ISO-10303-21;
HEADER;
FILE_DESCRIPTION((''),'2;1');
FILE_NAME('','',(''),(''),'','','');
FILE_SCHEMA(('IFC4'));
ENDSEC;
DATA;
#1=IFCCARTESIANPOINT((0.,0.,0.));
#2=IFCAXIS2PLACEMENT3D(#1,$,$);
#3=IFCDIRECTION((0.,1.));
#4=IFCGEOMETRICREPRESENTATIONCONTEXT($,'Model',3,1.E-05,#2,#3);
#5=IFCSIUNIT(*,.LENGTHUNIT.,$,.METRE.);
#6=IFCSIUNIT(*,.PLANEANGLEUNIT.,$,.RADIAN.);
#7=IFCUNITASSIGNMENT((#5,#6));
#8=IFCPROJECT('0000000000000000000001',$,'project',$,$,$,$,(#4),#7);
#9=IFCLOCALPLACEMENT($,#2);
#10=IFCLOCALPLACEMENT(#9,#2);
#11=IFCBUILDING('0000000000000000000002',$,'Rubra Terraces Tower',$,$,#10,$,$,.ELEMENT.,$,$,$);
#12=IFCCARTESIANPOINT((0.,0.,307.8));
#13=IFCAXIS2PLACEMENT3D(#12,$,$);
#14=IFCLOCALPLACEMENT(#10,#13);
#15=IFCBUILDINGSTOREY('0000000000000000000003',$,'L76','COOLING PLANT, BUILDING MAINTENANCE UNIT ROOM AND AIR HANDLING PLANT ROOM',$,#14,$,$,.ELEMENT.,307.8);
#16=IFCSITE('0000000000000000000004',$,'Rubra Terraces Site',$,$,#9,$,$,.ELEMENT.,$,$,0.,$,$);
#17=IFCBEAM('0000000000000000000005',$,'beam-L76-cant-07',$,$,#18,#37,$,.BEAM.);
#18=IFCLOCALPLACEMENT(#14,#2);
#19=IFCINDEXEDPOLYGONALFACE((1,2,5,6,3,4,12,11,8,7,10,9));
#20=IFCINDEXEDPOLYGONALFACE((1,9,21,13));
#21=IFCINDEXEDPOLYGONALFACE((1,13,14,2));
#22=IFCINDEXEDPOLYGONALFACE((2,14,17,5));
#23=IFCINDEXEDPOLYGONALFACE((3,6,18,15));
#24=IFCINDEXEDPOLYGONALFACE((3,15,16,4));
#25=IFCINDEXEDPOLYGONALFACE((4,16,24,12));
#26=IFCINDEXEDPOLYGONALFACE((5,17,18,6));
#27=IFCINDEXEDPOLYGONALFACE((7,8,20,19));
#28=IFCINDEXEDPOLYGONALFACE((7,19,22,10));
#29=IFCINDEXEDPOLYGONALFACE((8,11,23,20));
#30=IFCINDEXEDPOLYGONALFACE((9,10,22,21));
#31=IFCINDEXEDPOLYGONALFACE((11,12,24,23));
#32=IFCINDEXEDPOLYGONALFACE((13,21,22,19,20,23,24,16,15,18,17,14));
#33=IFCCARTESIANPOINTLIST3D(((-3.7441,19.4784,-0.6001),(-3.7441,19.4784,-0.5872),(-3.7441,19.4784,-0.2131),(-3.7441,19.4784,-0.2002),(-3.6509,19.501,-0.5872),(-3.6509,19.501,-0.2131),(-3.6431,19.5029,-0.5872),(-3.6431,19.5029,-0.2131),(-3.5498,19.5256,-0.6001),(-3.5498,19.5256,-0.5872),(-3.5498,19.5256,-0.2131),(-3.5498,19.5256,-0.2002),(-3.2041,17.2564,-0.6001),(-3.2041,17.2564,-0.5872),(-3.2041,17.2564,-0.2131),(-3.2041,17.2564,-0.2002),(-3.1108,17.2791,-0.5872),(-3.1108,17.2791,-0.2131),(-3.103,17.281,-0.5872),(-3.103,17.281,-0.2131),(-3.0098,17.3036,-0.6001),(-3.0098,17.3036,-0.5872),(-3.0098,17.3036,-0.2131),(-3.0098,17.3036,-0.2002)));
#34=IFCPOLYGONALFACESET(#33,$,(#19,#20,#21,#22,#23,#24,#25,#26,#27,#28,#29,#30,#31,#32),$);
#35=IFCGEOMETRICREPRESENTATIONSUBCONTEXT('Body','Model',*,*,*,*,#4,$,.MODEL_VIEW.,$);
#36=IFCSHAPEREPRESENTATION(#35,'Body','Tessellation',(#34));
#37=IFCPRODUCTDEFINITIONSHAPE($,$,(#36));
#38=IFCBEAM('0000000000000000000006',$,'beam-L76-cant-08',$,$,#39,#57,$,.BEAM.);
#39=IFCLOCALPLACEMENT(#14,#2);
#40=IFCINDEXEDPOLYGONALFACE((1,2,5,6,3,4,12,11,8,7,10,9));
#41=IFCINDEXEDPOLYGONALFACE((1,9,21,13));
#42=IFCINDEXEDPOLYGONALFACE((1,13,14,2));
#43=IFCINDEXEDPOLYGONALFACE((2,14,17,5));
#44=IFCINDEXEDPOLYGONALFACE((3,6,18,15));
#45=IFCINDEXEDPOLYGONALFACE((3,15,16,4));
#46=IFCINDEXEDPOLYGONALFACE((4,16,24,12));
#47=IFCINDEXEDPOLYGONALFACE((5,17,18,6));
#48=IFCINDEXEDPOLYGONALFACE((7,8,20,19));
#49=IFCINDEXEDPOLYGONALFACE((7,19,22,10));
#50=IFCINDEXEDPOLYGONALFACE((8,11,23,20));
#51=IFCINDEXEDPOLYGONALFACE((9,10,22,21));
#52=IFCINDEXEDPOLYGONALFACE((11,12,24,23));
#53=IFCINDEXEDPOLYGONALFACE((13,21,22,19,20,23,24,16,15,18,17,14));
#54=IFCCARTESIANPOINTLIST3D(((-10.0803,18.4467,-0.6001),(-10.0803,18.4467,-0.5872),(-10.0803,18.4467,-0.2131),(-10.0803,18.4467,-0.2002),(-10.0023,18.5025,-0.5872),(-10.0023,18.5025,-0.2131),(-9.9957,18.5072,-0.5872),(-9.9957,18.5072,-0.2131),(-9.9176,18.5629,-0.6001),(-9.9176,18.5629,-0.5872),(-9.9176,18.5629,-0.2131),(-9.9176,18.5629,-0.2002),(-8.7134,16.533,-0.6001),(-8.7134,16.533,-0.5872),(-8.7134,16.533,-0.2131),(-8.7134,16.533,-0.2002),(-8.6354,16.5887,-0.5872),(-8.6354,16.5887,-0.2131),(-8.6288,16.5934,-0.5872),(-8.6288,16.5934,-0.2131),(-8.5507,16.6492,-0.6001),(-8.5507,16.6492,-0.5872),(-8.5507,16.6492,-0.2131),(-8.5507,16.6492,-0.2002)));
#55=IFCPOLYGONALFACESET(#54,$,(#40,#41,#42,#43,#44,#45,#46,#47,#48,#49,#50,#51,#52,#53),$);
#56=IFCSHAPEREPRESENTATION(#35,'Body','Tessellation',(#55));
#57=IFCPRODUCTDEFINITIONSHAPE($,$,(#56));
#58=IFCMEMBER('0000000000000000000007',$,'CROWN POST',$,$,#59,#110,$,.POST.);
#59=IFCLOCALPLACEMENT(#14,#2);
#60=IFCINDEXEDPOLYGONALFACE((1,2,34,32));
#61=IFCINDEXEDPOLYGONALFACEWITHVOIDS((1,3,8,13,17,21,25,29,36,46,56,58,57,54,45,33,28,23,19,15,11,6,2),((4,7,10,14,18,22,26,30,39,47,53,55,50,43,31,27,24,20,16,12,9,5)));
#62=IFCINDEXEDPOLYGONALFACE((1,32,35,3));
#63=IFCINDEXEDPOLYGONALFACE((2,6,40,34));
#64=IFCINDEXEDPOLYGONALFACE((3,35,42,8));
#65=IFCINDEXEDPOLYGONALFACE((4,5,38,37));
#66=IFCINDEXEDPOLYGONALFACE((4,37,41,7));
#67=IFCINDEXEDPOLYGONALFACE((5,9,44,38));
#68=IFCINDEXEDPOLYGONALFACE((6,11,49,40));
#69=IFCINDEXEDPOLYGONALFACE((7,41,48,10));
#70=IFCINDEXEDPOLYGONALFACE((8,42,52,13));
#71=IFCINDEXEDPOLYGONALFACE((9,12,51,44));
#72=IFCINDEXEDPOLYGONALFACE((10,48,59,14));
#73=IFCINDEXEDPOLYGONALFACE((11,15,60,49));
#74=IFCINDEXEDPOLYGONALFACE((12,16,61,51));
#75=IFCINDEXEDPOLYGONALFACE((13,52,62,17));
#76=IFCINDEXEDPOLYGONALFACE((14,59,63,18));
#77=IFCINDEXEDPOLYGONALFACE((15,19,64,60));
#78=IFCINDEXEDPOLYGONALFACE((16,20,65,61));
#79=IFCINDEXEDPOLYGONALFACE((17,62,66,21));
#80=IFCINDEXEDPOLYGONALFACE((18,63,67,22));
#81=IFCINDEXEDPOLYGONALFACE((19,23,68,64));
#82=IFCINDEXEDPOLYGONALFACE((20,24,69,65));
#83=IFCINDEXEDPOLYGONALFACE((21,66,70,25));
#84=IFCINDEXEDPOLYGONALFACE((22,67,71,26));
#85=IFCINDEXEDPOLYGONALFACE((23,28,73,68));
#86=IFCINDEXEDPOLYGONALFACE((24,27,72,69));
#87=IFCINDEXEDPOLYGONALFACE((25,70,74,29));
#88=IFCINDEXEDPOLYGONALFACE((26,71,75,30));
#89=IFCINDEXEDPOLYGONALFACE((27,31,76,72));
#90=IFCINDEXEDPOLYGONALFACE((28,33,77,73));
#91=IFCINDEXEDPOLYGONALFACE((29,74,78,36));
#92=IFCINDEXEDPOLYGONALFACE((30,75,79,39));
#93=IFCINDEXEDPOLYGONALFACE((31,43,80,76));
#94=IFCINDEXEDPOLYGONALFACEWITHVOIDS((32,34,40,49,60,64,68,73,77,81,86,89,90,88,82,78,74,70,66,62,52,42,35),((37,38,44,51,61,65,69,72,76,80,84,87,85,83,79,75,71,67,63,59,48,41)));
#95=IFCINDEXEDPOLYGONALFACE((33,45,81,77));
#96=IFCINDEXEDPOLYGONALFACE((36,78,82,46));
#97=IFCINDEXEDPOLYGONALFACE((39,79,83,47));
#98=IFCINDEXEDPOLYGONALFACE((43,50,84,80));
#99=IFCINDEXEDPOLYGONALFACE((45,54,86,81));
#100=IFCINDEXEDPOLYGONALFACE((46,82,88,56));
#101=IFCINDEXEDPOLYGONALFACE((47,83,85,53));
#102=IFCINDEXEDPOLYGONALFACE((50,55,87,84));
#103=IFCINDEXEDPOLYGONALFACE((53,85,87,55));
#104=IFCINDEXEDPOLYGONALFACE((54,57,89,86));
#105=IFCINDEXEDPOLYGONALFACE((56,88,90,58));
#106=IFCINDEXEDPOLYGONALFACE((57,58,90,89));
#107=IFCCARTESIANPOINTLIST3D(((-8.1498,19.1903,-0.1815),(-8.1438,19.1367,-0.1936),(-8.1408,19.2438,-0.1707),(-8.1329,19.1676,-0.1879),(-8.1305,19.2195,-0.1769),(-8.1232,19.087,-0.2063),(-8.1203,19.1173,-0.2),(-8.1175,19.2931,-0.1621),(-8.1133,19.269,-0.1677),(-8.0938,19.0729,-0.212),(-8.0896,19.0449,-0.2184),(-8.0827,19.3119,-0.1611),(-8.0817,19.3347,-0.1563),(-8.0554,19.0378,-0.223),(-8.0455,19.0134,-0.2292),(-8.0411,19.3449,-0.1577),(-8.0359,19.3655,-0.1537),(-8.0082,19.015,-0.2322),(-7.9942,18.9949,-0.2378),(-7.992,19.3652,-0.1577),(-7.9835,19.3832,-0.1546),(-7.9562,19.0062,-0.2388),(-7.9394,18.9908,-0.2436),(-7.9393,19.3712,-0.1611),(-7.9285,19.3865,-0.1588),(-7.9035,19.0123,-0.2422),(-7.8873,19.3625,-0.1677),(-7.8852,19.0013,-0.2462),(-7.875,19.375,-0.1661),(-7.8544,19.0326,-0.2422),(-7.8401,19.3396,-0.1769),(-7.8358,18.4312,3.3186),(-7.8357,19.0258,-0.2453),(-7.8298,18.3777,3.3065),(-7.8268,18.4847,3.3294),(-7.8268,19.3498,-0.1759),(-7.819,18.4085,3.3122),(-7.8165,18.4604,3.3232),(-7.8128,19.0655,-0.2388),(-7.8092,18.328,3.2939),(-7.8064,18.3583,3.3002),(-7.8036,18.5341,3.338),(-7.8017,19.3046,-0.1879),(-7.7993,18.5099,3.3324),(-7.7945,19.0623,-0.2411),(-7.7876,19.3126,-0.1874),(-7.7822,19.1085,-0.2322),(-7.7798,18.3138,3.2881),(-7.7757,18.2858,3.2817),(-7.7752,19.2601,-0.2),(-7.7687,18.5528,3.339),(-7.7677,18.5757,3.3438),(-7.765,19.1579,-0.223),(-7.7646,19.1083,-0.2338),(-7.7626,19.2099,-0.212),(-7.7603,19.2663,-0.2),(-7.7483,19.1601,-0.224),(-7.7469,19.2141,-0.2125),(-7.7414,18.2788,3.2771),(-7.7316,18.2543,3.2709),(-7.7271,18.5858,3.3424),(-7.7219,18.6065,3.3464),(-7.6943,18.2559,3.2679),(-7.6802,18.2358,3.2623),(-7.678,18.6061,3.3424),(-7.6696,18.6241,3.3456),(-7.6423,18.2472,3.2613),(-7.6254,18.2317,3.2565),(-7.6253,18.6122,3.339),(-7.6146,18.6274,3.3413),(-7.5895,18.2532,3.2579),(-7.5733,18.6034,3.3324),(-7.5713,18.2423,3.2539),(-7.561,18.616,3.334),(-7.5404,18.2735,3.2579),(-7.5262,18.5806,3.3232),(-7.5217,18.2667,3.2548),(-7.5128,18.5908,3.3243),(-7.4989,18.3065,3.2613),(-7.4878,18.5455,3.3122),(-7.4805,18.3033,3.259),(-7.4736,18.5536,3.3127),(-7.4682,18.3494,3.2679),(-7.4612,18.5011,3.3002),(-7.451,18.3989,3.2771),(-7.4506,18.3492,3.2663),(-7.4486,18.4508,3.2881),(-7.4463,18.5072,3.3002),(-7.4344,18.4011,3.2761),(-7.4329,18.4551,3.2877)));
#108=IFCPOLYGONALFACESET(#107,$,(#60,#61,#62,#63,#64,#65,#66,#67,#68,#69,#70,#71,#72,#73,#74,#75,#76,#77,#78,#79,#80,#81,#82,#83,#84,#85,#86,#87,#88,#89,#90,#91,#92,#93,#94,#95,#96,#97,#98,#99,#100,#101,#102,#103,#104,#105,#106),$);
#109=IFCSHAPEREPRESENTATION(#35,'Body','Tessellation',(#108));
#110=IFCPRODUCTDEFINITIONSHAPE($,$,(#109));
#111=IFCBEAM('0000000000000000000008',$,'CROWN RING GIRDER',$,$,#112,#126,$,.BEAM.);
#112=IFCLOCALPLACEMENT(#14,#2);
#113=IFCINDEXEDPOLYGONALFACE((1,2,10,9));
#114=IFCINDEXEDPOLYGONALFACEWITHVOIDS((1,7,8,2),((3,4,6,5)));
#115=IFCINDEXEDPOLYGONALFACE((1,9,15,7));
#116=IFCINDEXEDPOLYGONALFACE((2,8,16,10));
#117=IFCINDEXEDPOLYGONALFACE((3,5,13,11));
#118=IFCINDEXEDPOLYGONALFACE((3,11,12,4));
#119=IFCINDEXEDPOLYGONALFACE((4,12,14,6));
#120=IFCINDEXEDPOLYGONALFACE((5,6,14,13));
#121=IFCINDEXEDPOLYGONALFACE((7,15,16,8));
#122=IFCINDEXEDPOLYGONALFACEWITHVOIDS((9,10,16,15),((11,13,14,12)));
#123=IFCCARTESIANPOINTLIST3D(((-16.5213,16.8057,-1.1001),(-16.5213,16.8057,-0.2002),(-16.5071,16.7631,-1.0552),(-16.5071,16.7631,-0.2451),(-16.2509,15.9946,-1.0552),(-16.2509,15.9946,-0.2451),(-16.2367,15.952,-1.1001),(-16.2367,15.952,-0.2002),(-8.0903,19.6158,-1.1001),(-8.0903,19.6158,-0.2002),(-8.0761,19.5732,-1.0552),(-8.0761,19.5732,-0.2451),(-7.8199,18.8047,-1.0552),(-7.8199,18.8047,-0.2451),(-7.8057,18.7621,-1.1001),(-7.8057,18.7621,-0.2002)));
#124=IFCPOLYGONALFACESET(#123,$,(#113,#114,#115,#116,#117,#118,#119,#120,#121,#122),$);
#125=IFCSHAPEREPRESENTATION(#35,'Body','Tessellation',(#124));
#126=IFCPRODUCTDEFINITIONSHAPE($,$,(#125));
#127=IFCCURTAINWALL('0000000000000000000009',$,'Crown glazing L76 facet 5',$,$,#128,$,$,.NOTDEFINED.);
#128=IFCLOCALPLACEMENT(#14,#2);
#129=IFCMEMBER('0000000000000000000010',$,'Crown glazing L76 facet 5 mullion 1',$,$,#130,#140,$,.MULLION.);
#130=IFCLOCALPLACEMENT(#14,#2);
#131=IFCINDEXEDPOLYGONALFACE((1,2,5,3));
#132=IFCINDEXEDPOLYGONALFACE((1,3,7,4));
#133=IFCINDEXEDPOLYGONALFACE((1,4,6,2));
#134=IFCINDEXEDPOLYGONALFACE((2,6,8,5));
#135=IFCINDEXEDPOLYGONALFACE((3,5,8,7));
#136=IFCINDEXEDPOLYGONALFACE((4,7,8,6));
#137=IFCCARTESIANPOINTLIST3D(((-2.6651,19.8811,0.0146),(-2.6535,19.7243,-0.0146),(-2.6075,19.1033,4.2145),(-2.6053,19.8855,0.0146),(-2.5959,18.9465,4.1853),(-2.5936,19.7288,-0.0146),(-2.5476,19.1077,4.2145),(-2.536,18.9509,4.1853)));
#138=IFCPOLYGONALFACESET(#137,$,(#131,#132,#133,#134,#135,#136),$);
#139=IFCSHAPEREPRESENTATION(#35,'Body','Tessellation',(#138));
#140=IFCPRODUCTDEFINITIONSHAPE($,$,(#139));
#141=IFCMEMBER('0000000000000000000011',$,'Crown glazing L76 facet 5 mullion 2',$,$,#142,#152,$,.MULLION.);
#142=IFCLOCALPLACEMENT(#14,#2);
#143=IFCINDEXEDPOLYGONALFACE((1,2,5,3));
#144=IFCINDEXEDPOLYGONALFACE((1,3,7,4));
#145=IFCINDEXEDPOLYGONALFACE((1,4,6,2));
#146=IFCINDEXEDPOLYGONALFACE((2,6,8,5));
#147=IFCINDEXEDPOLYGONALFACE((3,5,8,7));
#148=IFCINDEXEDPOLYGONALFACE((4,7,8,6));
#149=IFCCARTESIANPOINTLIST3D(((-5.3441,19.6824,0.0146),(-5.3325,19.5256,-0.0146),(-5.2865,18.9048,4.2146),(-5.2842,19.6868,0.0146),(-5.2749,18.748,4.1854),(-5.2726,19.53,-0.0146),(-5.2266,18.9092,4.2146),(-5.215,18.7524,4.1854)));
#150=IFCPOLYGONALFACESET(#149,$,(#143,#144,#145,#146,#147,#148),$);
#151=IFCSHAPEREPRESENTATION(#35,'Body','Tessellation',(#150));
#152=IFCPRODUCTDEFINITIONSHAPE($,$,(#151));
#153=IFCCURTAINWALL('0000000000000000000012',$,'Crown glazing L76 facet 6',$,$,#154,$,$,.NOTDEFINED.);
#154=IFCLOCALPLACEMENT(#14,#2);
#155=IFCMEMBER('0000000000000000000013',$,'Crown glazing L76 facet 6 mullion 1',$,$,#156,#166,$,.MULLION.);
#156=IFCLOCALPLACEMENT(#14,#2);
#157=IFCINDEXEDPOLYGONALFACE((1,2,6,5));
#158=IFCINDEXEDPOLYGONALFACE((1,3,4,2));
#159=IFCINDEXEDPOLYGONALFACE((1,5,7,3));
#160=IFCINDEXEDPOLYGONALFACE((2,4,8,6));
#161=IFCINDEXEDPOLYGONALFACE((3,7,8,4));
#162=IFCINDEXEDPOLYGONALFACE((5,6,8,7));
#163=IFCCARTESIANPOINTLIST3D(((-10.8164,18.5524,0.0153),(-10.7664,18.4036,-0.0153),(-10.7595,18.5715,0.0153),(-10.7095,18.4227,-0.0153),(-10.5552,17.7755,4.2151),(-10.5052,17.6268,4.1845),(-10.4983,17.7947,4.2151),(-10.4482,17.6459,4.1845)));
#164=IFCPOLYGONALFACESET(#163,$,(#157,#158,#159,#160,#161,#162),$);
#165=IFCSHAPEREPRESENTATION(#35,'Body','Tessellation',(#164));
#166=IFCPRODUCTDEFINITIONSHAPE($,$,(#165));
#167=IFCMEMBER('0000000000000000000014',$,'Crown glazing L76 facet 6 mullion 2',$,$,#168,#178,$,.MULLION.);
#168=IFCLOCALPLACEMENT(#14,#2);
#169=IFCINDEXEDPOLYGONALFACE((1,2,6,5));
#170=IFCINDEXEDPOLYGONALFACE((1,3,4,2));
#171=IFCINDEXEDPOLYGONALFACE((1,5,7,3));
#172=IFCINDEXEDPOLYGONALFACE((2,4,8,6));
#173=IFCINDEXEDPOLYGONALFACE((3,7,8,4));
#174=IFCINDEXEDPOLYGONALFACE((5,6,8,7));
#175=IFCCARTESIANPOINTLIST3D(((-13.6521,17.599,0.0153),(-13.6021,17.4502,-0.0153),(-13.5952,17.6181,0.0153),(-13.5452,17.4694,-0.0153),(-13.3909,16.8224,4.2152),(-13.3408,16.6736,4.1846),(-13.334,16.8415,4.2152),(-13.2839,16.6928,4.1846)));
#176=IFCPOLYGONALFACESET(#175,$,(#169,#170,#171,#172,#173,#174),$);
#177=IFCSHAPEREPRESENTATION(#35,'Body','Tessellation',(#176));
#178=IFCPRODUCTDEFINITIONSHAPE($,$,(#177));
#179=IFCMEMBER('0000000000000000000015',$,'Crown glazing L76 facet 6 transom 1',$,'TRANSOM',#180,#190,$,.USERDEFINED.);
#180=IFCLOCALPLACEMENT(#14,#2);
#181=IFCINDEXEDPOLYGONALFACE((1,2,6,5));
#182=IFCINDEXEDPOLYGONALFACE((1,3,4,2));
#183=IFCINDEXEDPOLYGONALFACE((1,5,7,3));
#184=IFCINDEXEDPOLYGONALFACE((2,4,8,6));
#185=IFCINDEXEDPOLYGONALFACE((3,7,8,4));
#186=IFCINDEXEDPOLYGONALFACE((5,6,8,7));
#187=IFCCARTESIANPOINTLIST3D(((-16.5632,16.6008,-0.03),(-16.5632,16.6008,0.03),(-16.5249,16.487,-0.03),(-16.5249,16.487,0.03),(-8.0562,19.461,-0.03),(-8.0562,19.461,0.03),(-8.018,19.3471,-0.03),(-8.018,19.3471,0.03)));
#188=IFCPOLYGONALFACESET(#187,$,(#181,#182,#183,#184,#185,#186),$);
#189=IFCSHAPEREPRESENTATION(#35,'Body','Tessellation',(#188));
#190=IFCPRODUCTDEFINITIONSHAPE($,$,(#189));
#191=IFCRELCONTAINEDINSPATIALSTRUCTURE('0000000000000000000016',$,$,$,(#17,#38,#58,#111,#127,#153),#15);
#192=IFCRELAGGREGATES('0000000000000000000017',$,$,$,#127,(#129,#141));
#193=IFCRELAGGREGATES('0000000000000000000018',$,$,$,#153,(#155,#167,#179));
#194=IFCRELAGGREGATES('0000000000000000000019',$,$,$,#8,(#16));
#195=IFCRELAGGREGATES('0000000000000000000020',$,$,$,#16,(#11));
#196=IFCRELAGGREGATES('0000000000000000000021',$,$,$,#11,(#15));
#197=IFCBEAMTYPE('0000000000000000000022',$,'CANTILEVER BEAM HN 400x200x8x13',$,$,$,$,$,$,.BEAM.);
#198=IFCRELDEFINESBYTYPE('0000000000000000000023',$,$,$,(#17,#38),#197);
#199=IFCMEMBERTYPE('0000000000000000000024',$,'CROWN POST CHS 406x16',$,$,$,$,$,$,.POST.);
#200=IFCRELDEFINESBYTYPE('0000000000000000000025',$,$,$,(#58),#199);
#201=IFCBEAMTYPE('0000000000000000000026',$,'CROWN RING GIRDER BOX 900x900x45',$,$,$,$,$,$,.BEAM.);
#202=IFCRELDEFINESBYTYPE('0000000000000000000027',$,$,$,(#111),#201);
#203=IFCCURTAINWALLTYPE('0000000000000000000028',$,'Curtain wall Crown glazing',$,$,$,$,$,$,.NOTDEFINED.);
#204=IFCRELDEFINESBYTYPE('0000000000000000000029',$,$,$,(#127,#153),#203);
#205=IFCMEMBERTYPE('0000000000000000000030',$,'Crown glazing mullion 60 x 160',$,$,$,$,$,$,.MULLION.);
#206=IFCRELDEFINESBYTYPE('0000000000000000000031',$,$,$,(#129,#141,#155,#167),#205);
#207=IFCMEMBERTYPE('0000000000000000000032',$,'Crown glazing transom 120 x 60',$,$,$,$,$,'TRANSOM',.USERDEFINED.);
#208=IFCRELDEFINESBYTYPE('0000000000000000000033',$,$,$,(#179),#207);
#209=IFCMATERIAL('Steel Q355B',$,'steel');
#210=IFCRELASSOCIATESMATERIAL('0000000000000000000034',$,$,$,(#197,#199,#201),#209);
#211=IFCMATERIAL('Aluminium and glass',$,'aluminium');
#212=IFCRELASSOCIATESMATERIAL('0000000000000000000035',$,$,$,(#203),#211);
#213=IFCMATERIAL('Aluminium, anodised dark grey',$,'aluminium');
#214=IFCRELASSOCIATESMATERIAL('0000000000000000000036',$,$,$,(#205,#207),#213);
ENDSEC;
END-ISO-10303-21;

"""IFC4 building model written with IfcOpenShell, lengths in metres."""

from ifc_helpers import new_model, si_unit, direction, frame, origin, origin_2d, place, context, subcontext, project, spatial, rectangle, hollow_rectangle, hollow_circle, i_section, extrude, material, material_profile, profile_set, type_object, element, aggregate, save


model = new_model("IFC4")

# Units and contexts
model_context = context("Model", 3, precision=1e-05, world=origin(), true_north=direction((0.0, 1.0)))
body_context = subcontext(model_context, "Body", "Model", "MODEL_VIEW")
ifc_project = project(units=[si_unit("LENGTHUNIT", "METRE"), si_unit("PLANEANGLEUNIT", "RADIAN")], contexts=[model_context])

# Site, building, storey
site_placement = place(None, origin())
site = spatial("IfcSite", under=ifc_project, at=site_placement, Name="Rubra Terraces Site", CompositionType="ELEMENT", RefElevation=0.0)
building_placement = place(site_placement, origin())
building = spatial("IfcBuilding", under=site, at=building_placement, Name="Rubra Terraces Tower", CompositionType="ELEMENT")
storey_placement = place(building_placement, frame((0.0, 0.0, 307.8)))
storey = spatial("IfcBuildingStorey", under=building, at=storey_placement, Name="L76", Description="COOLING PLANT, BUILDING MAINTENANCE UNIT ROOM AND AIR HANDLING PLANT ROOM", CompositionType="ELEMENT", Elevation=307.8)

# Beams
ifc_material_1 = material(Name="Steel Q355B", Category="steel")
ifc_material_profile_1 = material_profile(ifc_material_1, i_section(OverallWidth=0.2, OverallDepth=0.3999, WebThickness=0.0081, FlangeThickness=0.0129, at=origin_2d()), Name="HN 400x200x8x13")
ifc_profile_set_1 = profile_set([ifc_material_profile_1], Name="Steel Q355B")
beam_type_1 = type_object("IfcBeamType", Name="CANTILEVER BEAM HN 400x200x8x13", PredefinedType="BEAM", material=ifc_profile_set_1)
beam_1_placement = place(storey_placement, frame((-3.1069, 17.28, -0.4001), z_axis=(-0.236174, 0.971711, 0.0), x_axis=(-0.971711, -0.236174, 0.0)))
element("IfcBeam", 1, at=beam_1_placement, inside=storey, type_object=beam_type_1, Name="beam-L76-cant-07", PredefinedType="BEAM", context=body_context, shape_type="SweptSolid", body=[
    extrude(i_section(OverallWidth=0.2, OverallDepth=0.3999, WebThickness=0.0081, FlangeThickness=0.0129, at=origin_2d()), origin(), (0.0, 0.0, 1.0), 2.2866),
])
beam_2_placement = place(storey_placement, frame((-8.6321, 16.5911, -0.4001), z_axis=(-0.581219, 0.813747, 0.0), x_axis=(-0.813747, -0.581219, 0.0)))
element("IfcBeam", 2, at=beam_2_placement, inside=storey, type_object=beam_type_1, Name="beam-L76-cant-08", PredefinedType="BEAM", context=body_context, shape_type="SweptSolid", body=[
    extrude(i_section(OverallWidth=0.2, OverallDepth=0.3999, WebThickness=0.0081, FlangeThickness=0.0129, at=origin_2d()), origin(), (0.0, 0.0, 1.0), 2.3518),
])

# Member
ifc_material_profile_2 = material_profile(ifc_material_1, hollow_circle(Radius=0.2029, WallThickness=0.0161, at=origin_2d()), Name="CHS 406x16")
ifc_profile_set_2 = profile_set([ifc_material_profile_2], Name="Steel Q355B")
member_type_1 = type_object("IfcMemberType", Name="CROWN POST CHS 406x16", PredefinedType="POST", material=ifc_profile_set_2)
member_1_placement = place(storey_placement, frame((-7.9478, 19.1887, -0.2), z_axis=(0.087331, -0.21113, 0.973549), x_axis=(0.924068, 0.382229, 0.0)))
element("IfcMember", 3, at=member_1_placement, inside=storey, type_object=member_type_1, Name="CROWN POST", PredefinedType="POST", context=body_context, shape_type="SweptSolid", body=[
    extrude(hollow_circle(Radius=0.2029, WallThickness=0.0161, at=origin_2d()), origin(), (0.0, 0.0, 1.0), 3.5952),
])

# Beam
ifc_material_profile_3 = material_profile(ifc_material_1, hollow_rectangle(XDim=0.8999, YDim=0.8999, WallThickness=0.0449, at=origin_2d()), Name="BOX 900x900x45")
ifc_profile_set_3 = profile_set([ifc_material_profile_3], Name="Steel Q355B")
beam_type_2 = type_object("IfcBeamType", Name="CROWN RING GIRDER BOX 900x900x45", PredefinedType="BEAM", material=ifc_profile_set_3)
beam_3_placement = place(storey_placement, frame((-7.948, 19.189, -0.6501), z_axis=(-0.948692, -0.316203, 0.0), x_axis=(0.316203, -0.948692, 0.0)))
element("IfcBeam", 4, at=beam_3_placement, inside=storey, type_object=beam_type_2, Name="CROWN RING GIRDER", PredefinedType="BEAM", context=body_context, shape_type="SweptSolid", body=[
    extrude(hollow_rectangle(XDim=0.8999, YDim=0.8999, WallThickness=0.0449, at=origin_2d()), origin(), (0.0, 0.0, 1.0), 8.887),
])

# Curtain walls, members
ifc_material_2 = material(Name="Aluminium and glass", Category="aluminium")
curtain_wall_type = type_object("IfcCurtainWallType", Name="Curtain wall Crown glazing", PredefinedType="NOTDEFINED", material=ifc_material_2)
curtain_wall_1_placement = place(storey_placement, origin())
curtain_wall_1 = element("IfcCurtainWall", 5, at=curtain_wall_1_placement, inside=storey, type_object=curtain_wall_type, Name="Crown glazing L76 facet 5", PredefinedType="NOTDEFINED")
ifc_material_3 = material(Name="Aluminium, anodised dark grey", Category="aluminium")
ifc_material_profile_4 = material_profile(ifc_material_3, rectangle(XDim=0.0601, YDim=0.1599, at=origin_2d()), Name="AL 60x160")
ifc_profile_set_4 = profile_set([ifc_material_profile_4], Name="Aluminium, anodised dark grey")
member_type_2 = type_object("IfcMemberType", Name="Crown glazing mullion 60 x 160", PredefinedType="MULLION", material=ifc_profile_set_4)
member_2_placement = place(storey_placement, frame((-2.6294, 19.8049, 0.0), z_axis=(0.013488, -0.182087, 0.98319), x_axis=(0.997268, 0.073872, 0.0)))
member_2 = element("IfcMember", 6, at=member_2_placement, type_object=member_type_2, Name="Crown glazing L76 facet 5 mullion 1", PredefinedType="MULLION", context=body_context, shape_type="SweptSolid", body=[
    extrude(rectangle(XDim=0.0601, YDim=0.1599, at=origin_2d()), origin(), (0.0, 0.0, 1.0), 4.2717),
])
member_3_placement = place(storey_placement, frame((-5.3083, 19.6062, 0.0), z_axis=(0.013488, -0.182032, 0.9832), x_axis=(0.997266, 0.073895, 0.0)))
member_3 = element("IfcMember", 7, at=member_3_placement, type_object=member_type_2, Name="Crown glazing L76 facet 5 mullion 2", PredefinedType="MULLION", context=body_context, shape_type="SweptSolid", body=[
    extrude(rectangle(XDim=0.0601, YDim=0.1599, at=origin_2d()), origin(), (0.0, 0.0, 1.0), 4.2717),
])
curtain_wall_2_placement = place(storey_placement, origin())
curtain_wall_2 = element("IfcCurtainWall", 8, at=curtain_wall_2_placement, inside=storey, type_object=curtain_wall_type, Name="Crown glazing L76 facet 6", PredefinedType="NOTDEFINED")
member_4_placement = place(storey_placement, frame((-10.7629, 18.4875, 0.0), z_axis=(0.061047, -0.181543, 0.981486), x_axis=(0.947846, 0.318729, 0.0)))
member_4 = element("IfcMember", 9, at=member_4_placement, type_object=member_type_2, Name="Crown glazing L76 facet 6 mullion 1", PredefinedType="MULLION", context=body_context, shape_type="SweptSolid", body=[
    extrude(rectangle(XDim=0.0601, YDim=0.1599, at=origin_2d()), origin(), (0.0, 0.0, 1.0), 4.2791),
])
member_5_placement = place(storey_placement, frame((-13.5986, 17.5342, 0.0), z_axis=(0.061048, -0.181488, 0.981496), x_axis=(0.947816, 0.318819, 0.0)))
member_5 = element("IfcMember", 10, at=member_5_placement, type_object=member_type_2, Name="Crown glazing L76 facet 6 mullion 2", PredefinedType="MULLION", context=body_context, shape_type="SweptSolid", body=[
    extrude(rectangle(XDim=0.0601, YDim=0.1599, at=origin_2d()), origin(), (0.0, 0.0, 1.0), 4.2791),
])
ifc_material_profile_5 = material_profile(ifc_material_3, rectangle(XDim=0.1201, YDim=0.0601, at=origin_2d()), Name="AL 120x60")
ifc_profile_set_5 = profile_set([ifc_material_profile_5], Name="Aluminium, anodised dark grey")
member_type_3 = type_object("IfcMemberType", Name="Crown glazing transom 120 x 60", ElementType="TRANSOM", PredefinedType="USERDEFINED", material=ifc_profile_set_5)
member_6_placement = place(storey_placement, frame((-8.0371, 19.4041, 0.0), z_axis=(-0.947861, -0.318683, 0.0), x_axis=(0.318683, -0.947861, 0.0)))
member_6 = element("IfcMember", 11, at=member_6_placement, type_object=member_type_3, Name="Crown glazing L76 facet 6 transom 1", ObjectType="TRANSOM", PredefinedType="USERDEFINED", context=body_context, shape_type="SweptSolid", body=[
    extrude(rectangle(XDim=0.1201, YDim=0.0601, at=origin_2d()), origin(), (0.0, 0.0, 1.0), 8.9749),
])

aggregate(curtain_wall_1, [member_2, member_3])
aggregate(curtain_wall_2, [member_4, member_5, member_6])

save(model, "model.ifc")
